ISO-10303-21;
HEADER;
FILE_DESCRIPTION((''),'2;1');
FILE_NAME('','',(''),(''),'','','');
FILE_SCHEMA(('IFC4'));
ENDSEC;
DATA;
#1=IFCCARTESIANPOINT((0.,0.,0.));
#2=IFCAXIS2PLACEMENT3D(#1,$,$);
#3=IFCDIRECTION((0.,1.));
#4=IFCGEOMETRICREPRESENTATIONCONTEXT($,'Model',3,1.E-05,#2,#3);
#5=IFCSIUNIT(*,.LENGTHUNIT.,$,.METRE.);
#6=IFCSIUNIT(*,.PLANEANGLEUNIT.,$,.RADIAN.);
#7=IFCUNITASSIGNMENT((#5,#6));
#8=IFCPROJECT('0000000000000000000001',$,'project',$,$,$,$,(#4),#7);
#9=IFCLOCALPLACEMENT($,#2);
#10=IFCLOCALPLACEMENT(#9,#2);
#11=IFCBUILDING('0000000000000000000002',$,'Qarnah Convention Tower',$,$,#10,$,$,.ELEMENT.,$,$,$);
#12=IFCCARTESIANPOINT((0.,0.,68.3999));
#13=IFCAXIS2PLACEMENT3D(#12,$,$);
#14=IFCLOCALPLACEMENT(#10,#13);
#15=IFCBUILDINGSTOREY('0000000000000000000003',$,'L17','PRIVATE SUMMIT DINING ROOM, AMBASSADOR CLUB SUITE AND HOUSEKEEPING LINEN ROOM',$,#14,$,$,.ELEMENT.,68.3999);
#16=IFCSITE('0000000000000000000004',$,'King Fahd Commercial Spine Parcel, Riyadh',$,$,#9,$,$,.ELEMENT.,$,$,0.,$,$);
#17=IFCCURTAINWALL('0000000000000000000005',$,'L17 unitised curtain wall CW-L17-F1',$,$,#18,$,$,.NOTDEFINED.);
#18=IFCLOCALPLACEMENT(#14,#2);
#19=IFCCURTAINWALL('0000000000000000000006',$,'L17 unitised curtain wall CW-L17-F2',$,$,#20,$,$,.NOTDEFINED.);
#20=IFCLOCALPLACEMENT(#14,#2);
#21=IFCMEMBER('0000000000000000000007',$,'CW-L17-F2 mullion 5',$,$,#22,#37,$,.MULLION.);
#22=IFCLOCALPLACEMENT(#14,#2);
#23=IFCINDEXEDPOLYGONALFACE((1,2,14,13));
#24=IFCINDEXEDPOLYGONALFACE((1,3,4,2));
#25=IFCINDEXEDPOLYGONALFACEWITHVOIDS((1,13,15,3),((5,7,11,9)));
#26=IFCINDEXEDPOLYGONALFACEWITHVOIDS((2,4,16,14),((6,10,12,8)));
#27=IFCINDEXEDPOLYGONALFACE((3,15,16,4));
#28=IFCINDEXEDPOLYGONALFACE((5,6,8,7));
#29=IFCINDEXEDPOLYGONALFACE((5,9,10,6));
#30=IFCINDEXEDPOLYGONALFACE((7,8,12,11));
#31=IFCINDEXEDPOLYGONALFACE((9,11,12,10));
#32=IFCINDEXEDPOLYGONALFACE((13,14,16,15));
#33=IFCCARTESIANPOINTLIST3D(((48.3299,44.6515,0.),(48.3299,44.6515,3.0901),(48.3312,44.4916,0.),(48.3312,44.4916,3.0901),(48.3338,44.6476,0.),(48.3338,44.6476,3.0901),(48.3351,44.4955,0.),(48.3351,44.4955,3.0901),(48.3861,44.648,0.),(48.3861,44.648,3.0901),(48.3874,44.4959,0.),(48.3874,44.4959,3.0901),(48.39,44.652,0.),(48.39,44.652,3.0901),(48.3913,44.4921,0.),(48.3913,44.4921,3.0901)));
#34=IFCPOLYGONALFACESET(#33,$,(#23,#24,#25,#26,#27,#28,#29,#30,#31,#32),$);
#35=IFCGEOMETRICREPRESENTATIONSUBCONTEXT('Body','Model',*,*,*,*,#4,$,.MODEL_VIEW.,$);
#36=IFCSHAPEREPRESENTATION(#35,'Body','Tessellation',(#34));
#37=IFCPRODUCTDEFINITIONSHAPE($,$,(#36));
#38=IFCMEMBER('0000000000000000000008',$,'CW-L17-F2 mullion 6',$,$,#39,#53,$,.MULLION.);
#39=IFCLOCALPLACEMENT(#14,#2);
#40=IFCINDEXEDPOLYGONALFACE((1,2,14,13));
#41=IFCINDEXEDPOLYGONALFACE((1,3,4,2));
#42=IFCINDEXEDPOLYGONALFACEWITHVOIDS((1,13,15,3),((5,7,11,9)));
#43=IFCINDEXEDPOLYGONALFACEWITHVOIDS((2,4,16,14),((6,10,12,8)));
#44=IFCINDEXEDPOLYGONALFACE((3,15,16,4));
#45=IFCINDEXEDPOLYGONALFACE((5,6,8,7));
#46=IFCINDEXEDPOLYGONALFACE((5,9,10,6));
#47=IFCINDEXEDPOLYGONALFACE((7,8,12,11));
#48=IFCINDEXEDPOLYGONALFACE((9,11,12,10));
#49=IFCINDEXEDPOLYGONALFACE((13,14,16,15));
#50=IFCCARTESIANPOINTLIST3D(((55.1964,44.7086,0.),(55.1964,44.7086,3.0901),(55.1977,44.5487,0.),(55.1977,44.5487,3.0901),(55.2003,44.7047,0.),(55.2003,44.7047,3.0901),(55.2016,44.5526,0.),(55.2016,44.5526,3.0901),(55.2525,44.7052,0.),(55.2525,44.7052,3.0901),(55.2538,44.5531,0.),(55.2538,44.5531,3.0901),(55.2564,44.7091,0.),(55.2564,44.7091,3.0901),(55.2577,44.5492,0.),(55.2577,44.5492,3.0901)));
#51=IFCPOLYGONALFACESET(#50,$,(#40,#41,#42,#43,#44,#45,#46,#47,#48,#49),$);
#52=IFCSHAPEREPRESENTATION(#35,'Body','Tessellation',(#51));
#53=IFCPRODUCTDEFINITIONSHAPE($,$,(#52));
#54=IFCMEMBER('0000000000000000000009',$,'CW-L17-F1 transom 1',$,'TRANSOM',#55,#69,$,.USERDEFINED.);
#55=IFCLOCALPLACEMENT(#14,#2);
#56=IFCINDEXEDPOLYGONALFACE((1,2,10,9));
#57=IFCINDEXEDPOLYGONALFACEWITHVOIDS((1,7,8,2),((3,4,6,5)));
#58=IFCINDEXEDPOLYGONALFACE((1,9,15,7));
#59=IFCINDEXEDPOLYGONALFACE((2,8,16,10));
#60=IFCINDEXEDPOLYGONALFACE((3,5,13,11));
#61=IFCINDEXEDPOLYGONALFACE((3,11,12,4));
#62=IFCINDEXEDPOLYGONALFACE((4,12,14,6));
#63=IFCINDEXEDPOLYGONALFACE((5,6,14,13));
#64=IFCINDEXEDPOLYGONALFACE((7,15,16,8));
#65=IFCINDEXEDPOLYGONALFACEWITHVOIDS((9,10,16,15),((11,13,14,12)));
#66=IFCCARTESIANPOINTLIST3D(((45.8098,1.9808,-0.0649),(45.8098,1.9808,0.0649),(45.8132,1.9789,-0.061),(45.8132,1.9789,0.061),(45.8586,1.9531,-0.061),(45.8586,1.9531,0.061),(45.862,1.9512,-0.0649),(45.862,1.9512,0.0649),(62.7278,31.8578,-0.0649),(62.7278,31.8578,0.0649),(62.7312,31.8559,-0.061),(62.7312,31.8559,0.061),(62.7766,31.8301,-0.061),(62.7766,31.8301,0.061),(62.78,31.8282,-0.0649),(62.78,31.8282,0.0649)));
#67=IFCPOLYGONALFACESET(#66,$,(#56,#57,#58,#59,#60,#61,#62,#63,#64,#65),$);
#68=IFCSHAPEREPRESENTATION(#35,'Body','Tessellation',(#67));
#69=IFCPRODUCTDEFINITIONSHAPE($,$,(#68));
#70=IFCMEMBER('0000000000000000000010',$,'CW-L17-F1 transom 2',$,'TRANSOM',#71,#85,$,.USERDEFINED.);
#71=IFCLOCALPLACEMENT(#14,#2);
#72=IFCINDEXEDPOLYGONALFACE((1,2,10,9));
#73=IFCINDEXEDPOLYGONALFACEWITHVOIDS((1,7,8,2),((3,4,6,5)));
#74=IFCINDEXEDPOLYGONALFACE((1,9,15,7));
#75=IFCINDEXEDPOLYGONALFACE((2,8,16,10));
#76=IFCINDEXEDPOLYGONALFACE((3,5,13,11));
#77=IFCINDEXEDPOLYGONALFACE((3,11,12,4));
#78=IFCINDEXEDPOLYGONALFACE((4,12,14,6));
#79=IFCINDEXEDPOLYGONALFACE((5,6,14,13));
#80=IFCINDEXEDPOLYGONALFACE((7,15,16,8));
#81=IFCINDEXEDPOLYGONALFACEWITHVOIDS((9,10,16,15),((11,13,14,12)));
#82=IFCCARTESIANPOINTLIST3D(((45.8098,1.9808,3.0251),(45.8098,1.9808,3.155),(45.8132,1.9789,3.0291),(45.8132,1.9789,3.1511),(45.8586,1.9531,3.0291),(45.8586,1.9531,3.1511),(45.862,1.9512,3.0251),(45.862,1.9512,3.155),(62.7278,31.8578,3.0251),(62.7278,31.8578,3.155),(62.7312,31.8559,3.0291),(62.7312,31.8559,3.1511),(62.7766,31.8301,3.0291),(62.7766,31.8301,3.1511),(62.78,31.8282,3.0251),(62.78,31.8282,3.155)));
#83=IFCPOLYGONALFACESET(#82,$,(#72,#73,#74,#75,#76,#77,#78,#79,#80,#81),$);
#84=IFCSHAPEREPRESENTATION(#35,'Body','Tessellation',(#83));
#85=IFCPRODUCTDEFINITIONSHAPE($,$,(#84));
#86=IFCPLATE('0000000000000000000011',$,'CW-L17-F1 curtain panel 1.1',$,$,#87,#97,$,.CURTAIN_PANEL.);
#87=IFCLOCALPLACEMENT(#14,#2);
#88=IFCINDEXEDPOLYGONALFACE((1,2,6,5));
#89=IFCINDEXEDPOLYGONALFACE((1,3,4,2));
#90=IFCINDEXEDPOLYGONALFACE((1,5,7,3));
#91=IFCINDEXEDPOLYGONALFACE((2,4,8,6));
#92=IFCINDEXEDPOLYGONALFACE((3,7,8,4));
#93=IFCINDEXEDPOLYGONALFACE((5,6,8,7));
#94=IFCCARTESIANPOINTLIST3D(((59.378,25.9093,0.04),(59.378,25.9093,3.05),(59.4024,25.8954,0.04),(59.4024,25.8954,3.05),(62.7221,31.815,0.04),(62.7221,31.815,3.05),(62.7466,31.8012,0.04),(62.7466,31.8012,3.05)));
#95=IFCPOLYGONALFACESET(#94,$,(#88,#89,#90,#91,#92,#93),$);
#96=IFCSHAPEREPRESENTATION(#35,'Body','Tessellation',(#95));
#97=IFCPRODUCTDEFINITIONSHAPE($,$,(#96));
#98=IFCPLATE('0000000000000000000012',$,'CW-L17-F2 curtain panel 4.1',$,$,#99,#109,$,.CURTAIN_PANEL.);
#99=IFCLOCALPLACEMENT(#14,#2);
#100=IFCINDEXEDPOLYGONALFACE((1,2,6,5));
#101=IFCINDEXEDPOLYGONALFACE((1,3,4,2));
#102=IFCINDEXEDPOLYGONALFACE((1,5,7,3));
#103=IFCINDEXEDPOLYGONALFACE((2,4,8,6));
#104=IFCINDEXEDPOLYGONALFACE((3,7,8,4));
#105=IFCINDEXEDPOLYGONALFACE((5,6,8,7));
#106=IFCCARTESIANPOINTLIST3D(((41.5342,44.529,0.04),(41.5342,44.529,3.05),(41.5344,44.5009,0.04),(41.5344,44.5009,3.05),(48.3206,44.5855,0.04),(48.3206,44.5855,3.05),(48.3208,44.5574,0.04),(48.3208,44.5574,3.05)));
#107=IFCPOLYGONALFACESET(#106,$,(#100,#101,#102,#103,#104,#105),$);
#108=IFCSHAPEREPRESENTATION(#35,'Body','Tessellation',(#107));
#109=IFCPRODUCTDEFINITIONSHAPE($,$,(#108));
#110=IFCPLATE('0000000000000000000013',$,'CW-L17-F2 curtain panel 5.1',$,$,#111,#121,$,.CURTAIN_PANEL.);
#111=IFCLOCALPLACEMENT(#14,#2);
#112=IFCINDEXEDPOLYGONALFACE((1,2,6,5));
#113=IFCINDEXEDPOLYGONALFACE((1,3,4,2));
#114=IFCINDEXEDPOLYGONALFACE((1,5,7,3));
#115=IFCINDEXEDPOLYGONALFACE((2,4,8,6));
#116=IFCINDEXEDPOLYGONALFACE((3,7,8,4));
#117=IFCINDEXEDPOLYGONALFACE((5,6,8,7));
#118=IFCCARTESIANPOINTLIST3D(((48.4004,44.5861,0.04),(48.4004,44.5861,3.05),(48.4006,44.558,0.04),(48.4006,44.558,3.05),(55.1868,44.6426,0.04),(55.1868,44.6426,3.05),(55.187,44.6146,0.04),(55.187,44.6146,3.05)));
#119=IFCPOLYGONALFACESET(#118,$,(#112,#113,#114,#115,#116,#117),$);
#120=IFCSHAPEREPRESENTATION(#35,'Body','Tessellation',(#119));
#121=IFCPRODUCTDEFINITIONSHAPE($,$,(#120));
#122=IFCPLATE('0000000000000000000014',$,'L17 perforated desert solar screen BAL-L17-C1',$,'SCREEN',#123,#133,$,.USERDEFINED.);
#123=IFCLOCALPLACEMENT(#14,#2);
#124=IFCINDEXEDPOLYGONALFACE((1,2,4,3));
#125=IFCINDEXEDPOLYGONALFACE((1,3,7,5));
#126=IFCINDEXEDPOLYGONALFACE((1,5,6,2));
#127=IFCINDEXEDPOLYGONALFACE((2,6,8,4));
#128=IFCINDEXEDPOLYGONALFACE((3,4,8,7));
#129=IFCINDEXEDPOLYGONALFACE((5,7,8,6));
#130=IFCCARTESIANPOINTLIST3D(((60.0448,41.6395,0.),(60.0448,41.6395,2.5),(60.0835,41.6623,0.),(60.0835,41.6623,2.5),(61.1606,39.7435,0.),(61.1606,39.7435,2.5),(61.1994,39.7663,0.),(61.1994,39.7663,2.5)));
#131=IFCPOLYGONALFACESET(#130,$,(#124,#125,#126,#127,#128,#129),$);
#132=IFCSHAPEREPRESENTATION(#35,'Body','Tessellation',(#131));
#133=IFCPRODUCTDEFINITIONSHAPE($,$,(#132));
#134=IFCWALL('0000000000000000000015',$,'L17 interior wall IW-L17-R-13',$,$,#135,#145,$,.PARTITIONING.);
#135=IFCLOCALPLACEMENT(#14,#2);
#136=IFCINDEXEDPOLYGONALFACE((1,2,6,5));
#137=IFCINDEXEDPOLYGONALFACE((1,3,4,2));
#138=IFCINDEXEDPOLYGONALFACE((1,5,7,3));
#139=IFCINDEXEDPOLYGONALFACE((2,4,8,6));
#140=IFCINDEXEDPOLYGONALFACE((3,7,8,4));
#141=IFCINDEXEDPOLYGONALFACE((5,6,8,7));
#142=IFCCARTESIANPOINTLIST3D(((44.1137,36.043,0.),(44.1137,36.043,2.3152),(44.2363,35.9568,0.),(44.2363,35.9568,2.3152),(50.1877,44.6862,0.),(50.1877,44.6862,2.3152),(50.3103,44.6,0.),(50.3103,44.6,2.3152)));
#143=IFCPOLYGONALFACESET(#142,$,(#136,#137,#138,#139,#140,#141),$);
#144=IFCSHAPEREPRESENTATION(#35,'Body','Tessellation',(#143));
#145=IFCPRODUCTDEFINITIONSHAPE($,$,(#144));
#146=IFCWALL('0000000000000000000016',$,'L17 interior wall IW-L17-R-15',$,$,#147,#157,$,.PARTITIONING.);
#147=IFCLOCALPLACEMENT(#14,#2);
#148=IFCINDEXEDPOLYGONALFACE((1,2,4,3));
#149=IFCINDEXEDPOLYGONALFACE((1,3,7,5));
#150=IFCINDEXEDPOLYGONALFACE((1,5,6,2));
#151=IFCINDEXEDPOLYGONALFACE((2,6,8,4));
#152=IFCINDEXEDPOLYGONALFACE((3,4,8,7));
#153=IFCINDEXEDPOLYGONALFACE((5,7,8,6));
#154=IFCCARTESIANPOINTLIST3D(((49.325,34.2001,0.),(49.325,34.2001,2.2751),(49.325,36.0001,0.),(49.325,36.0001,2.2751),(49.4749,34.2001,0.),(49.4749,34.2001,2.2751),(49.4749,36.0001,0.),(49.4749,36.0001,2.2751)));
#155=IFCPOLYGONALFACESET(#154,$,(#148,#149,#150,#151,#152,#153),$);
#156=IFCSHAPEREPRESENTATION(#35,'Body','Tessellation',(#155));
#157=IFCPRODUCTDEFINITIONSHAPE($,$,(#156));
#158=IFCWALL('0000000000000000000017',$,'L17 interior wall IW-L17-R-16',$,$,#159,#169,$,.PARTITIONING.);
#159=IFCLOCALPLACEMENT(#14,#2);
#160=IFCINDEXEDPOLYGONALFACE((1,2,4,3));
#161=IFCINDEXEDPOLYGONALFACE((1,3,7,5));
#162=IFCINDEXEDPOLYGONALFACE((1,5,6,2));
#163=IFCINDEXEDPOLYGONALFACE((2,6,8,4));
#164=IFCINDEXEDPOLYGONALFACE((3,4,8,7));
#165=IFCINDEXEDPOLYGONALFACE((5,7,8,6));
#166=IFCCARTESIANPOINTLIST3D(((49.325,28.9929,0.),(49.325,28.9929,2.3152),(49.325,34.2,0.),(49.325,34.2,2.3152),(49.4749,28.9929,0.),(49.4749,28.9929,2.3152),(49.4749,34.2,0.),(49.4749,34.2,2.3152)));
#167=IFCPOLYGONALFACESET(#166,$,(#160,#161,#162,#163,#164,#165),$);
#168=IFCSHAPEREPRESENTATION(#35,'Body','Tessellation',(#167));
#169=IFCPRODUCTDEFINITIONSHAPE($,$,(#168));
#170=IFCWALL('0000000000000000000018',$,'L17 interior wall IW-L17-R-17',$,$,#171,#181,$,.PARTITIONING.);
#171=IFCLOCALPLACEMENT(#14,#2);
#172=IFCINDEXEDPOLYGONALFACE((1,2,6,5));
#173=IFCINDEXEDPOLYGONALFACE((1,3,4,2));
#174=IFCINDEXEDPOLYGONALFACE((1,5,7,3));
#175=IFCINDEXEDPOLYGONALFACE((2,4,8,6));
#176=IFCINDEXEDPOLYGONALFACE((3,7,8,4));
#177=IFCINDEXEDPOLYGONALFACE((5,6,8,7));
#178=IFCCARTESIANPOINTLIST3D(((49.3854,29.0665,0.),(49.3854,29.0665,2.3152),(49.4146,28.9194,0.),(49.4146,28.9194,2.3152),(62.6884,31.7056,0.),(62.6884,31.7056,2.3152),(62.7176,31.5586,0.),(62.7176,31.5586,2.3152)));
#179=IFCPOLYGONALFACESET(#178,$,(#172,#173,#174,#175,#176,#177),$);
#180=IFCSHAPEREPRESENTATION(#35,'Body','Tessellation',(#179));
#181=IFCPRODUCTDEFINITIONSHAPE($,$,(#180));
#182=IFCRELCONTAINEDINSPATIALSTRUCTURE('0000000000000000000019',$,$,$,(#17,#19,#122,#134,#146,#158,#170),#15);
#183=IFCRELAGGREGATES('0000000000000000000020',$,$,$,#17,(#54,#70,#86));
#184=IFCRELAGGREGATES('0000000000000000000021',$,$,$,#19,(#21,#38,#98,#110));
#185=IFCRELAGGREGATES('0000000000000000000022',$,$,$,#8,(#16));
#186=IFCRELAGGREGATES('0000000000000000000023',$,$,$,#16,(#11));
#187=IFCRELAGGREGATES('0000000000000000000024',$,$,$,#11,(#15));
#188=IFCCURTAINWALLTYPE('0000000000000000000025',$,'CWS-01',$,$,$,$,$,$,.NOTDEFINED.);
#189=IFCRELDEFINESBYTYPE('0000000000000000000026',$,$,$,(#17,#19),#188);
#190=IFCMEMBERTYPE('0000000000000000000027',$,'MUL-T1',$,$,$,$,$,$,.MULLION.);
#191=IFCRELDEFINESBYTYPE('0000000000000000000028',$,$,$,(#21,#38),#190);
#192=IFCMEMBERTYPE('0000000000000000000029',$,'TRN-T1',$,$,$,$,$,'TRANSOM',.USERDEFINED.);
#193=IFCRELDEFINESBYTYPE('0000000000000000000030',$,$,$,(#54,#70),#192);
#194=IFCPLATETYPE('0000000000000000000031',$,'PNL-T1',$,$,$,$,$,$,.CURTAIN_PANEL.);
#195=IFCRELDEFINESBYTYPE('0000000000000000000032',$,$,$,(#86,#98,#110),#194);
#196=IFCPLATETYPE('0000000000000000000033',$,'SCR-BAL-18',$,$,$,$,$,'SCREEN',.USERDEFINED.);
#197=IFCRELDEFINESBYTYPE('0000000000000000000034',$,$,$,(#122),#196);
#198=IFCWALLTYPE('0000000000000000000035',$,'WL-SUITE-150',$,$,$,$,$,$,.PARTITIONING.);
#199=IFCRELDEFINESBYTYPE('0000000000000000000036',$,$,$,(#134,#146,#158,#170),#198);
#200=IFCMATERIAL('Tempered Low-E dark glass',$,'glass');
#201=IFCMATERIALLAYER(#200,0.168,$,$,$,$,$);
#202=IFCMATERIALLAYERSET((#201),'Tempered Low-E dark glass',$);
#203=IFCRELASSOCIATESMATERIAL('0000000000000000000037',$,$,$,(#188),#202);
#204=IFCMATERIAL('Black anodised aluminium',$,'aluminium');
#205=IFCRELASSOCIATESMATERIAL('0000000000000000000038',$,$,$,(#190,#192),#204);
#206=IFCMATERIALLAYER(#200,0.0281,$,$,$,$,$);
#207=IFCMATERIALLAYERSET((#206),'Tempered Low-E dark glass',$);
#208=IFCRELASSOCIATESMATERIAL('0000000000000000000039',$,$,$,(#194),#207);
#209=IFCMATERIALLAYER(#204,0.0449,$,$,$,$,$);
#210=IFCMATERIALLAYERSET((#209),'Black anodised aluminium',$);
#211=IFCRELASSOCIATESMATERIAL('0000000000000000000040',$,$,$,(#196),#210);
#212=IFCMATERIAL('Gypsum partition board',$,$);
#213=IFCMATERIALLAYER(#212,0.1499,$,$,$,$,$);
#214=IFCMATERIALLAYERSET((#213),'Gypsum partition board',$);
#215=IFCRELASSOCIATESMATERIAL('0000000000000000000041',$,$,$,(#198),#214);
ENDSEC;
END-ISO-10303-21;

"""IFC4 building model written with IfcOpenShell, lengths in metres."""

from ifc_helpers import new_model, si_unit, direction, frame, frame_2d, origin, origin_2d, place, context, subcontext, project, spatial, rectangle, hollow_rectangle, extrude, material, layer, layer_set, material_profile, profile_set, type_object, element, aggregate, save


model = new_model("IFC4")

# Units and contexts
model_context = context("Model", 3, precision=1e-05, world=origin(), true_north=direction((0.0, 1.0)))
body_context = subcontext(model_context, "Body", "Model", "MODEL_VIEW")
ifc_project = project(units=[si_unit("LENGTHUNIT", "METRE"), si_unit("PLANEANGLEUNIT", "RADIAN")], contexts=[model_context])

# Site, building, storey
site_placement = place(None, origin())
site = spatial("IfcSite", under=ifc_project, at=site_placement, Name="King Fahd Commercial Spine Parcel, Riyadh", CompositionType="ELEMENT", RefElevation=0.0)
building_placement = place(site_placement, origin())
building = spatial("IfcBuilding", under=site, at=building_placement, Name="Qarnah Convention Tower", CompositionType="ELEMENT")
storey_placement = place(building_placement, frame((0.0, 0.0, 68.3999)))
storey = spatial("IfcBuildingStorey", under=building, at=storey_placement, Name="L17", Description="PRIVATE SUMMIT DINING ROOM, AMBASSADOR CLUB SUITE AND HOUSEKEEPING LINEN ROOM", CompositionType="ELEMENT", Elevation=68.3999)

# Curtain wall
ifc_material_1 = material(Name="Tempered Low-E dark glass", Category="glass")
ifc_layer_1 = layer(ifc_material_1, 0.168)
ifc_layer_set_1 = layer_set([ifc_layer_1], Name="Tempered Low-E dark glass")
curtain_wall_type = type_object("IfcCurtainWallType", Name="CWS-01", PredefinedType="NOTDEFINED", material=ifc_layer_set_1)
curtain_wall_1_placement = place(storey_placement, origin())
curtain_wall_1 = element("IfcCurtainWall", 1, at=curtain_wall_1_placement, inside=storey, type_object=curtain_wall_type, Name="L17 unitised curtain wall CW-L17-F1", PredefinedType="NOTDEFINED")
ifc_material_2 = material(Name="Black anodised aluminium", Category="aluminium")
ifc_material_profile_1 = material_profile(ifc_material_2, hollow_rectangle(XDim=0.0601, YDim=0.1599, WallThickness=0.0039, at=origin_2d()), Name="MUL-60X160")
ifc_profile_set_1 = profile_set([ifc_material_profile_1], Name="Black anodised aluminium")
member_type_1 = type_object("IfcMemberType", Name="MUL-T1", PredefinedType="MULLION", material=ifc_profile_set_1)

# Curtain wall, members
curtain_wall_2_placement = place(storey_placement, origin())
curtain_wall_2 = element("IfcCurtainWall", 2, at=curtain_wall_2_placement, inside=storey, type_object=curtain_wall_type, Name="L17 unitised curtain wall CW-L17-F2", PredefinedType="NOTDEFINED")
member_1_placement = place(storey_placement, frame((48.3606, 44.5718, 0.0), z_axis=(0.0, 0.0, 1.0), x_axis=(0.999965, 0.00833, 0.0)))
member_1 = element("IfcMember", 3, at=member_1_placement, type_object=member_type_1, Name="CW-L17-F2 mullion 5", PredefinedType="MULLION", context=body_context, shape_type="SweptSolid", body=[
    extrude(hollow_rectangle(XDim=0.0601, YDim=0.1599, WallThickness=0.0039, at=origin_2d()), origin(), (0.0, 0.0, 1.0), 3.0901),
])
member_2_placement = place(storey_placement, frame((55.2271, 44.6289, 0.0), z_axis=(0.0, 0.0, 1.0), x_axis=(0.999965, 0.00833, 0.0)))
member_2 = element("IfcMember", 4, at=member_2_placement, type_object=member_type_1, Name="CW-L17-F2 mullion 6", PredefinedType="MULLION", context=body_context, shape_type="SweptSolid", body=[
    extrude(hollow_rectangle(XDim=0.0601, YDim=0.1599, WallThickness=0.0039, at=origin_2d()), origin(), (0.0, 0.0, 1.0), 3.0901),
])

# Members
ifc_material_profile_2 = material_profile(ifc_material_2, hollow_rectangle(XDim=0.0601, YDim=0.1299, WallThickness=0.0039, at=origin_2d()), Name="TRN-60X130")
ifc_profile_set_2 = profile_set([ifc_material_profile_2], Name="Black anodised aluminium")
member_type_2 = type_object("IfcMemberType", Name="TRN-T1", ElementType="TRANSOM", PredefinedType="USERDEFINED", material=ifc_profile_set_2)
member_3_placement = place(storey_placement, frame((62.7539, 31.843, 0.0), z_axis=(-0.492741, -0.870176, 0.0), x_axis=(0.870176, -0.492741, 0.0)))
member_3 = element("IfcMember", 5, at=member_3_placement, type_object=member_type_2, Name="CW-L17-F1 transom 1", ObjectType="TRANSOM", PredefinedType="USERDEFINED", context=body_context, shape_type="SweptSolid", body=[
    extrude(hollow_rectangle(XDim=0.0601, YDim=0.1299, WallThickness=0.0039, at=origin_2d()), origin(), (0.0, 0.0, 1.0), 34.3345),
])
member_4_placement = place(storey_placement, frame((62.7539, 31.843, 3.0901), z_axis=(-0.492741, -0.870176, 0.0), x_axis=(0.870176, -0.492741, 0.0)))
member_4 = element("IfcMember", 6, at=member_4_placement, type_object=member_type_2, Name="CW-L17-F1 transom 2", ObjectType="TRANSOM", PredefinedType="USERDEFINED", context=body_context, shape_type="SweptSolid", body=[
    extrude(hollow_rectangle(XDim=0.0601, YDim=0.1299, WallThickness=0.0039, at=origin_2d()), origin(), (0.0, 0.0, 1.0), 34.3345),
])

# Plates
ifc_layer_2 = layer(ifc_material_1, 0.0281)
ifc_layer_set_2 = layer_set([ifc_layer_2], Name="Tempered Low-E dark glass")
plate_type_1 = type_object("IfcPlateType", Name="PNL-T1", PredefinedType="CURTAIN_PANEL", material=ifc_layer_set_2)
plate_1_placement = place(storey_placement, frame((61.0623, 28.8552, 0.04), z_axis=(0.0, 0.0, 1.0), x_axis=(-0.492741, -0.870176, 0.0)))
plate_1 = element("IfcPlate", 7, at=plate_1_placement, type_object=plate_type_1, Name="CW-L17-F1 curtain panel 1.1", PredefinedType="CURTAIN_PANEL", context=body_context, shape_type="SweptSolid", body=[
    extrude(rectangle(XDim=6.7869, YDim=0.0281, at=origin_2d()), origin(), (0.0, 0.0, 1.0), 3.01),
])
aggregate(curtain_wall_1, [member_3, member_4, plate_1])
plate_2_placement = place(storey_placement, frame((44.9275, 44.5432, 0.04), z_axis=(0.0, 0.0, 1.0), x_axis=(0.999965, 0.00833, 0.0)))
plate_2 = element("IfcPlate", 8, at=plate_2_placement, type_object=plate_type_1, Name="CW-L17-F2 curtain panel 4.1", PredefinedType="CURTAIN_PANEL", context=body_context, shape_type="SweptSolid", body=[
    extrude(rectangle(XDim=6.7866, YDim=0.0281, at=origin_2d()), origin(), (0.0, 0.0, 1.0), 3.01),
])
plate_3_placement = place(storey_placement, frame((51.7937, 44.6003, 0.04), z_axis=(0.0, 0.0, 1.0), x_axis=(0.999965, 0.00833, 0.0)))
plate_3 = element("IfcPlate", 9, at=plate_3_placement, type_object=plate_type_1, Name="CW-L17-F2 curtain panel 5.1", PredefinedType="CURTAIN_PANEL", context=body_context, shape_type="SweptSolid", body=[
    extrude(rectangle(XDim=6.7866, YDim=0.0281, at=origin_2d()), origin(), (0.0, 0.0, 1.0), 3.01),
])
aggregate(curtain_wall_2, [member_1, member_2, plate_2, plate_3])
ifc_layer_3 = layer(ifc_material_2, 0.0449)
ifc_layer_set_3 = layer_set([ifc_layer_3], Name="Black anodised aluminium")
plate_type_2 = type_object("IfcPlateType", Name="SCR-BAL-18", ElementType="SCREEN", PredefinedType="USERDEFINED", material=ifc_layer_set_3)
plate_4_placement = place(storey_placement, frame((60.6221, 40.7029, 0.0), z_axis=(0.0, 0.0, 1.0), x_axis=(0.50722, -0.861817, 0.0)))
element("IfcPlate", 10, at=plate_4_placement, inside=storey, type_object=plate_type_2, Name="L17 perforated desert solar screen BAL-L17-C1", ObjectType="SCREEN", PredefinedType="USERDEFINED", context=body_context, shape_type="SweptSolid", body=[
    extrude(rectangle(XDim=2.2, YDim=0.0449, at=origin_2d()), origin(), (0.0, 0.0, 1.0), 2.5),
])

# Walls
ifc_material_3 = material(Name="Gypsum partition board")
ifc_layer_4 = layer(ifc_material_3, 0.1499)
ifc_layer_set_4 = layer_set([ifc_layer_4], Name="Gypsum partition board")
wall_type_1 = type_object("IfcWallType", Name="WL-SUITE-150", PredefinedType="PARTITIONING", material=ifc_layer_set_4)
wall_1_placement = place(storey_placement, frame((50.249, 44.6431, 0.0), z_axis=(0.0, 0.0, 1.0), x_axis=(-0.574975, -0.818171, 0.0)))
element("IfcWall", 11, at=wall_1_placement, inside=storey, type_object=wall_type_1, Name="L17 interior wall IW-L17-R-13", PredefinedType="PARTITIONING", context=body_context, shape_type="SweptSolid", body=[
    extrude(rectangle(XDim=10.564, YDim=0.1499, at=frame_2d((5.282, 0.0))), origin(), (0.0, 0.0, 1.0), 2.3152),
])
wall_2_placement = place(storey_placement, frame((49.3999, 36.0, 0.0), z_axis=(0.0, 0.0, 1.0), x_axis=(0.0, -1.0, 0.0)))
element("IfcWall", 12, at=wall_2_placement, inside=storey, type_object=wall_type_1, Name="L17 interior wall IW-L17-R-15", PredefinedType="PARTITIONING", context=body_context, shape_type="SweptSolid", body=[
    extrude(rectangle(XDim=1.8, YDim=0.1499, at=frame_2d((0.8999, 0.0))), origin(), (0.0, 0.0, 1.0), 2.2751),
])
wall_3_placement = place(storey_placement, frame((49.3999, 34.2, 0.0), z_axis=(0.0, 0.0, 1.0), x_axis=(0.0, -1.0, 0.0)))
element("IfcWall", 13, at=wall_3_placement, inside=storey, type_object=wall_type_1, Name="L17 interior wall IW-L17-R-16", PredefinedType="PARTITIONING", context=body_context, shape_type="SweptSolid", body=[
    extrude(rectangle(XDim=5.207, YDim=0.1499, at=frame_2d((2.6035, 0.0))), origin(), (0.0, 0.0, 1.0), 2.3152),
])
wall_4_placement = place(storey_placement, frame((49.3999, 28.9929, 0.0), z_axis=(0.0, 0.0, 1.0), x_axis=(0.980883, 0.194596, 0.0)))
element("IfcWall", 14, at=wall_4_placement, inside=storey, type_object=wall_type_1, Name="L17 interior wall IW-L17-R-17", PredefinedType="PARTITIONING", context=body_context, shape_type="SweptSolid", body=[
    extrude(rectangle(XDim=13.5623, YDim=0.1499, at=frame_2d((6.7812, 0.0))), origin(), (0.0, 0.0, 1.0), 2.3152),
])

save(model, "model.ifc")
